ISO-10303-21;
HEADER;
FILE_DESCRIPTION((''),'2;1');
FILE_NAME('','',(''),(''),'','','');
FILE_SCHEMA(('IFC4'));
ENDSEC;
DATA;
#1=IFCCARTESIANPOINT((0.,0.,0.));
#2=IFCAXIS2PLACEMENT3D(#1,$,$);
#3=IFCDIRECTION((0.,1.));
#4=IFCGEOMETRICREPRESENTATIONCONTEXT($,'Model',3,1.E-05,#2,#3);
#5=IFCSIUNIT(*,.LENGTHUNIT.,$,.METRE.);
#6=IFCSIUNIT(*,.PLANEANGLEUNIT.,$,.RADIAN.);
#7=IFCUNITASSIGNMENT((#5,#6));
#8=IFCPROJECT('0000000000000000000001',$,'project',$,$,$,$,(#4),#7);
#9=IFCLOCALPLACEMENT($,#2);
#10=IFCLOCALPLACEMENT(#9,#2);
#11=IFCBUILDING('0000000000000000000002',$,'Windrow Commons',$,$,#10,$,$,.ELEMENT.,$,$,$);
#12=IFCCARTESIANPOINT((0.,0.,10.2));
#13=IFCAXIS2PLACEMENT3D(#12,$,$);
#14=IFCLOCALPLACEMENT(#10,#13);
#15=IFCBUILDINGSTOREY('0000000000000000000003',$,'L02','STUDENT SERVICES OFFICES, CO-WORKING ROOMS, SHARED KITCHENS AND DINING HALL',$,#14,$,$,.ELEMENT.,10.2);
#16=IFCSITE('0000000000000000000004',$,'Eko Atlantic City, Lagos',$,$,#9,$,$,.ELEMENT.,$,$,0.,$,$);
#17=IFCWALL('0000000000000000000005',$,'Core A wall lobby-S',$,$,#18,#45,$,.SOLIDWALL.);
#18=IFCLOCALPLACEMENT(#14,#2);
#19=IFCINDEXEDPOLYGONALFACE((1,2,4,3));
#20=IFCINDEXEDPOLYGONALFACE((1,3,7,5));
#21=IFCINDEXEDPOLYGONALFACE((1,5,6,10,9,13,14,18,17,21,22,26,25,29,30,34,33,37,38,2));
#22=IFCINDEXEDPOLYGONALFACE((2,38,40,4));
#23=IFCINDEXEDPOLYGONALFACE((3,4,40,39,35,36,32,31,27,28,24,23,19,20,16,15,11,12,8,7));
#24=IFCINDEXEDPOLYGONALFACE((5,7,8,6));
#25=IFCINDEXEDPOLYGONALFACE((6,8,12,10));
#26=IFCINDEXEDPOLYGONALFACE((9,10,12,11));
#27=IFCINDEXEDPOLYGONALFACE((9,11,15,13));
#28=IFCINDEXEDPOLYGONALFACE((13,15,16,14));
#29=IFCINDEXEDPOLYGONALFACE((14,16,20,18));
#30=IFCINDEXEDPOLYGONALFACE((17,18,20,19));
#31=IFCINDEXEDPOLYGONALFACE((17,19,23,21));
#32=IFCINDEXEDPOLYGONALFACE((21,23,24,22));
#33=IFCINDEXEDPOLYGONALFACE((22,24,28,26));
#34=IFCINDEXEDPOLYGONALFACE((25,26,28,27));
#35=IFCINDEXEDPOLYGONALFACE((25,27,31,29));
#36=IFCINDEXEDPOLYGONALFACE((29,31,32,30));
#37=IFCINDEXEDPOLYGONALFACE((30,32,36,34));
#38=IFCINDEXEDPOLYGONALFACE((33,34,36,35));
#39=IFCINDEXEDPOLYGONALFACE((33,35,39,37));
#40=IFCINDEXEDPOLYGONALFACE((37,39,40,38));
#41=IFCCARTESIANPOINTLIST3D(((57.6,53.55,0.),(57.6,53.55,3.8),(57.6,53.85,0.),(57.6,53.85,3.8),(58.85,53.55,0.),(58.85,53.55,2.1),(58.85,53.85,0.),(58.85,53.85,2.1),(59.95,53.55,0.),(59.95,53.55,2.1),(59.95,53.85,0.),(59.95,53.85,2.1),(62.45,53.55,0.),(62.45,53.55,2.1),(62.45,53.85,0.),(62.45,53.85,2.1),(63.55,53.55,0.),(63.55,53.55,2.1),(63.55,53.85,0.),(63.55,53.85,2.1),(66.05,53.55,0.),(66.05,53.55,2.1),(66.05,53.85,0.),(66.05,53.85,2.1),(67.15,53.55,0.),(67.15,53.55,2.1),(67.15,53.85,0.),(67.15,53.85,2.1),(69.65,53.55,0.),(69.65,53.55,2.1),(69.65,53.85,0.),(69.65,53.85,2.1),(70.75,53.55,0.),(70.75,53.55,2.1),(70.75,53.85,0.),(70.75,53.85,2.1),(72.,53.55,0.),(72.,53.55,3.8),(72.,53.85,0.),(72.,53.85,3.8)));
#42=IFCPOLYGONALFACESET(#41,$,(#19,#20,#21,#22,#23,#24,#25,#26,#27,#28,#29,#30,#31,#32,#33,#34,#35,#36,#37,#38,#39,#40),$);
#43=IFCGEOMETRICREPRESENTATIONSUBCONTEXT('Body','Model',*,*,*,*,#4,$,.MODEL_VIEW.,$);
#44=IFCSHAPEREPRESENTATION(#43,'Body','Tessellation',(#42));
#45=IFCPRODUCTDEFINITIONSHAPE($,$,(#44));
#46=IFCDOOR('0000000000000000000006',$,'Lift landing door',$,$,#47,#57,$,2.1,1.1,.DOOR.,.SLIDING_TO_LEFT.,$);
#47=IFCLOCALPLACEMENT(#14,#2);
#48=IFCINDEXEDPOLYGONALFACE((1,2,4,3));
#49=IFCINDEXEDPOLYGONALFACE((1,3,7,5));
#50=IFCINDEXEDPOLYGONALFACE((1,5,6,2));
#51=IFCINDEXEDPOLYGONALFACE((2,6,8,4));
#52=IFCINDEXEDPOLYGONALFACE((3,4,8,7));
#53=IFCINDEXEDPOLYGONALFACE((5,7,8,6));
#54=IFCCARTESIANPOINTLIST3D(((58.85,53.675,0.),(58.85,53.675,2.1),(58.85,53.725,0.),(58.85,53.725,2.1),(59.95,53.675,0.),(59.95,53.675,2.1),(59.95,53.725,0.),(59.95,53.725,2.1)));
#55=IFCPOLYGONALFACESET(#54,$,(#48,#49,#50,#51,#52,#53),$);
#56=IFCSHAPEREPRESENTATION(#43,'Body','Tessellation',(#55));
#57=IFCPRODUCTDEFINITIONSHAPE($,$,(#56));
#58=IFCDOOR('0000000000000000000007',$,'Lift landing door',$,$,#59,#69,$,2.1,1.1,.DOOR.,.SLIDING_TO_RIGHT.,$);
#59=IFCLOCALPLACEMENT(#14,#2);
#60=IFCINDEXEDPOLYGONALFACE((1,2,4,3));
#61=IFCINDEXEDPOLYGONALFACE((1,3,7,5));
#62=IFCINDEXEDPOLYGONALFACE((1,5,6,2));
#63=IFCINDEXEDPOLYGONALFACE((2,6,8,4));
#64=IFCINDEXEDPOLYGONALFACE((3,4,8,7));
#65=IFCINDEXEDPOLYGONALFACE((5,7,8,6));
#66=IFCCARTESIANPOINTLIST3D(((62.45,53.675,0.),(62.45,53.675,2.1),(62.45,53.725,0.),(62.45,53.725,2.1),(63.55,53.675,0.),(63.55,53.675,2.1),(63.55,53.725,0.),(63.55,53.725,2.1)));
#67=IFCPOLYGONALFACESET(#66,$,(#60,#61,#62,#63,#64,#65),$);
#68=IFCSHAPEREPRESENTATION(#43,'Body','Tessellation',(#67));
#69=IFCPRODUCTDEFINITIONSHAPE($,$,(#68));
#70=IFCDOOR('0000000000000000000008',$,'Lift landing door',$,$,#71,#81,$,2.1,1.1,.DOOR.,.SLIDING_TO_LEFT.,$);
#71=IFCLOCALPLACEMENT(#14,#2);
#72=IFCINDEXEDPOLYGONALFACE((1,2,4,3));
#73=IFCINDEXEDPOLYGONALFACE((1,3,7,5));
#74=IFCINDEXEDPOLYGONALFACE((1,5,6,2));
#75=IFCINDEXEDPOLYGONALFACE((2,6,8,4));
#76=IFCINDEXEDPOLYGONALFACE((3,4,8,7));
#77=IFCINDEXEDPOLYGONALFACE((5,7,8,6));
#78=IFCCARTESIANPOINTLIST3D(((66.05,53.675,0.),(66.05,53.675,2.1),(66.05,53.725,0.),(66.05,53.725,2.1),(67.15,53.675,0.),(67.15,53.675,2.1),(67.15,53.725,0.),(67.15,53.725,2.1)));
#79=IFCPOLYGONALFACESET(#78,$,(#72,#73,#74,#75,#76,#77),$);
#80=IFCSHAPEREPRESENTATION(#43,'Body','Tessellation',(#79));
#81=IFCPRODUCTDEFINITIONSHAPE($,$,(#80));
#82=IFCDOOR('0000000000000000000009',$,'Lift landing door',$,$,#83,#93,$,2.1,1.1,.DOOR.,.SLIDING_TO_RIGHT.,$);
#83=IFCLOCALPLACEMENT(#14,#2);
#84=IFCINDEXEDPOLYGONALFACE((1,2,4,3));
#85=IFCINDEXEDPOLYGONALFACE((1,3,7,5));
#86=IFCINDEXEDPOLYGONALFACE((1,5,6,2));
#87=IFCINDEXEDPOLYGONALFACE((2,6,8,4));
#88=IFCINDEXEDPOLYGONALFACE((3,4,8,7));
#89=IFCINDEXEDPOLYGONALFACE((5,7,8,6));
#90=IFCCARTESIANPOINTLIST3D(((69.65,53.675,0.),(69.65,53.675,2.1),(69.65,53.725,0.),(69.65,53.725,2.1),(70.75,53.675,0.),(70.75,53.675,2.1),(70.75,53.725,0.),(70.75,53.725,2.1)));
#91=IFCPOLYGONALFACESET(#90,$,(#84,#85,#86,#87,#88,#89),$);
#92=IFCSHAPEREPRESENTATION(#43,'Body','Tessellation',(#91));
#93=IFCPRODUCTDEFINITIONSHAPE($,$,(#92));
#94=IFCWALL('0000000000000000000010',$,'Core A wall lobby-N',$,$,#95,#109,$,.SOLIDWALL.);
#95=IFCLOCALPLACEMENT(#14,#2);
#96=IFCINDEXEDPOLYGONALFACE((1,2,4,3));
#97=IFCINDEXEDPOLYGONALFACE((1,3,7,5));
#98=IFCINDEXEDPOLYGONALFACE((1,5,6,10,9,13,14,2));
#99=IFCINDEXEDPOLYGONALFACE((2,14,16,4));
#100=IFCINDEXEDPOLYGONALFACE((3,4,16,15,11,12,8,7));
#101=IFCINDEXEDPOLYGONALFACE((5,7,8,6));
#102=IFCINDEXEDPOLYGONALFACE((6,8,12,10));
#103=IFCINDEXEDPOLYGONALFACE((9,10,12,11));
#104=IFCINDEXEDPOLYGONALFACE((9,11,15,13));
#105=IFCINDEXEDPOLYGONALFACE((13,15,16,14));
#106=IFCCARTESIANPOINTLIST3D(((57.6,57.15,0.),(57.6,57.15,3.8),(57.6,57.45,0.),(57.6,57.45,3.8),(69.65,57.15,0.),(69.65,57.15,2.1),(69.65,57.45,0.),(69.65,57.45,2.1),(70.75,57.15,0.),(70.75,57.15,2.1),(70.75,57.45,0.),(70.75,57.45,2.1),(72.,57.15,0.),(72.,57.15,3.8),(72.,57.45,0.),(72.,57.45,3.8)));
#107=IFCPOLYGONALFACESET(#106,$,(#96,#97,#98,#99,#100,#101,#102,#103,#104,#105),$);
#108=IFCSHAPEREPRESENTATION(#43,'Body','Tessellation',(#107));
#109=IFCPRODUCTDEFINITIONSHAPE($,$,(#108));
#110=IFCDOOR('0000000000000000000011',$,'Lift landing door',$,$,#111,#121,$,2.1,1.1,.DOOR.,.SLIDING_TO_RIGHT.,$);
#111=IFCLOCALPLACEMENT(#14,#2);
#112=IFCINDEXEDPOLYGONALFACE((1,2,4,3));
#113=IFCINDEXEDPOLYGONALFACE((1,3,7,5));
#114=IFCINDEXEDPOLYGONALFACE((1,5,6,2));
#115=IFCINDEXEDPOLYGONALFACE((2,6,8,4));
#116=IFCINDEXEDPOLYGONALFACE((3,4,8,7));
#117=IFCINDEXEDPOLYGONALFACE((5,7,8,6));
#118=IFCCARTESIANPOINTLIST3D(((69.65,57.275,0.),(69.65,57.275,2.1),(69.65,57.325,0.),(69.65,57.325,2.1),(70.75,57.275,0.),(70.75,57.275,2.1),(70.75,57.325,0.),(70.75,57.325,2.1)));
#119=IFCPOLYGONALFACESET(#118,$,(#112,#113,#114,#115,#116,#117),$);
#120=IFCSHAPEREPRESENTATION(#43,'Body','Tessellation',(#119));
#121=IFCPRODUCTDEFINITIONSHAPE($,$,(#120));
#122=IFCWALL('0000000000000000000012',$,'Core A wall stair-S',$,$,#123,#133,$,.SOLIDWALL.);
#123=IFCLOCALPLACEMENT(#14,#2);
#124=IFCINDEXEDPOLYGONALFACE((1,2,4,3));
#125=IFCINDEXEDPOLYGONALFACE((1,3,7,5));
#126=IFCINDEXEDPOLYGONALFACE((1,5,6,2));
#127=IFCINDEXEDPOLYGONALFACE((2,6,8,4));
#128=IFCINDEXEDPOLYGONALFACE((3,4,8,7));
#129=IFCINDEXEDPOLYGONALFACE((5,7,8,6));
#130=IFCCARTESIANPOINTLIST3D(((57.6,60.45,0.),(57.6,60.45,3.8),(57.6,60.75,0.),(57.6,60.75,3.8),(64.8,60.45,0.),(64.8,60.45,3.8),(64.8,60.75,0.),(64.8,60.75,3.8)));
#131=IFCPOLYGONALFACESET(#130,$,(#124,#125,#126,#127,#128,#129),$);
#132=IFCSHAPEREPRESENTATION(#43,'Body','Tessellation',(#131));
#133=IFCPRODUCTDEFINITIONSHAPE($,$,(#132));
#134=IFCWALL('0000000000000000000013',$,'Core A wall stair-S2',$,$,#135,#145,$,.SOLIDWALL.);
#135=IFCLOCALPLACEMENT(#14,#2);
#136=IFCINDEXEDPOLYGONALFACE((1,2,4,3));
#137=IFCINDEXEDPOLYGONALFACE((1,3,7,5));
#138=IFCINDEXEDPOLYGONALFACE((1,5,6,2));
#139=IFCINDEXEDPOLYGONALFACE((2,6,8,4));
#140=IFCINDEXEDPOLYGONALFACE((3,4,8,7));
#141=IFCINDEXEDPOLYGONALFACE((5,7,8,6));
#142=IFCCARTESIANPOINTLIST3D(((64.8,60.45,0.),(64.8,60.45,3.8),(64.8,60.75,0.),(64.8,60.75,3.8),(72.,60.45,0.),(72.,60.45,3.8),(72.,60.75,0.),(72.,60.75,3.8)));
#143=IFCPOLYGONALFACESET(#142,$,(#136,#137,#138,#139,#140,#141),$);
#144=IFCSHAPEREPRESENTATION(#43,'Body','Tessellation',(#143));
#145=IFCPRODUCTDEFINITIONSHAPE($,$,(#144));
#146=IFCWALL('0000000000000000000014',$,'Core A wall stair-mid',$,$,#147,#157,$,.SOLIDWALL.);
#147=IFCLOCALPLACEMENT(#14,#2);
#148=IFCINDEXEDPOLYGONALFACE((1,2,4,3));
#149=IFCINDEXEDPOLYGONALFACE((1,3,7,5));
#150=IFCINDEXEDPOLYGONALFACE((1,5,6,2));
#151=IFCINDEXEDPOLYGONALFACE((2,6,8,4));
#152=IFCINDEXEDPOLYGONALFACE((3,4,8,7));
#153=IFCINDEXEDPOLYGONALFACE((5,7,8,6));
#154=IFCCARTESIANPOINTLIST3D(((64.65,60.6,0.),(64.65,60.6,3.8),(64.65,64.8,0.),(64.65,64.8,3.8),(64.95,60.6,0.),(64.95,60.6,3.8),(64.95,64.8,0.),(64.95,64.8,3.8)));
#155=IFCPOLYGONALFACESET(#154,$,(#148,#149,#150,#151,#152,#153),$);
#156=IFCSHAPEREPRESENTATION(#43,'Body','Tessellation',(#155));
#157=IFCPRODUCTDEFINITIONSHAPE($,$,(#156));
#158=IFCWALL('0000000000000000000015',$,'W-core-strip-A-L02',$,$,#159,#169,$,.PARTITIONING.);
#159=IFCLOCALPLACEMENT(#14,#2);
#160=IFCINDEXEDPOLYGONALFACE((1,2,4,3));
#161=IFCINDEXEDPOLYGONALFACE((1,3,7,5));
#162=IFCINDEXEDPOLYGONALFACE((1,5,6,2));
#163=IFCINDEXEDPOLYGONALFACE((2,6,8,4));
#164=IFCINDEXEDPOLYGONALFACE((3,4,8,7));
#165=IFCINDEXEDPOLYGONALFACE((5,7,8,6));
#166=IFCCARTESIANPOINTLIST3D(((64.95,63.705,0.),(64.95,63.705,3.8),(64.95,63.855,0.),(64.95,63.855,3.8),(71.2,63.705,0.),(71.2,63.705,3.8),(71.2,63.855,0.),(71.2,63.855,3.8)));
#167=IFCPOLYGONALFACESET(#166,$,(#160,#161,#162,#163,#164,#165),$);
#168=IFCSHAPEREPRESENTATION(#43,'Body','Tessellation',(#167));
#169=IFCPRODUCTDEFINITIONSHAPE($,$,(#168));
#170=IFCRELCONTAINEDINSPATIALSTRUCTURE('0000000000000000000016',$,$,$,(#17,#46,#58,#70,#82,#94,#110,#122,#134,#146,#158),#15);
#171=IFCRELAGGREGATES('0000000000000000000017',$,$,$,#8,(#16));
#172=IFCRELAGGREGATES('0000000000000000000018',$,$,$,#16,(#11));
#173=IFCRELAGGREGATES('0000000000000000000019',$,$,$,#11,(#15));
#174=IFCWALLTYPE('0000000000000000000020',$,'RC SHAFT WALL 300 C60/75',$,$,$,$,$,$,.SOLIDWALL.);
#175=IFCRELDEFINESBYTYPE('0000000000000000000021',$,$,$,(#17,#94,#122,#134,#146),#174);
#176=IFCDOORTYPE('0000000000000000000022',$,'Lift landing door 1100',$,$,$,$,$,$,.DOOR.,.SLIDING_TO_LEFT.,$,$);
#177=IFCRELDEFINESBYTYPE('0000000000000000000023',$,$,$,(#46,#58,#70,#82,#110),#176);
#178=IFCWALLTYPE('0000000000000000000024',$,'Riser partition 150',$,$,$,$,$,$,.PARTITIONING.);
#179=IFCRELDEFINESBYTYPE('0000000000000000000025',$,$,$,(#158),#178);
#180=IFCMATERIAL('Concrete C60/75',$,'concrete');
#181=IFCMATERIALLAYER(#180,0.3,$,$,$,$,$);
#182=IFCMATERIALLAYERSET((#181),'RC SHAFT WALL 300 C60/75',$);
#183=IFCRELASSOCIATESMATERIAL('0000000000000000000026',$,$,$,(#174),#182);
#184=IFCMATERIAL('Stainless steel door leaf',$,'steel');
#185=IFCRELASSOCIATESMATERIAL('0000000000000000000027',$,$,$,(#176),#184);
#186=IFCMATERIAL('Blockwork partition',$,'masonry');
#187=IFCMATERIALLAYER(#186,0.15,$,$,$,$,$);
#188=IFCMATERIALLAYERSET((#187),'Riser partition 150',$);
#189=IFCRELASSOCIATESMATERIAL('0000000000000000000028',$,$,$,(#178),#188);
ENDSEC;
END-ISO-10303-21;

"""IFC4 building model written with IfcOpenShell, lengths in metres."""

from ifc_helpers import new_model, si_unit, direction, frame, frame_2d, origin, place, context, subcontext, project, spatial, rectangle, extrude, material, layer, layer_set, type_object, element, fill, save


model = new_model("IFC4")

# Units and contexts
model_context = context("Model", 3, precision=1e-05, world=origin(), true_north=direction((0.0, 1.0)))
body_context = subcontext(model_context, "Body", "Model", "MODEL_VIEW")
ifc_project = project(units=[si_unit("LENGTHUNIT", "METRE"), si_unit("PLANEANGLEUNIT", "RADIAN")], contexts=[model_context])

# Site, building, storey
site_placement = place(None, origin())
site = spatial("IfcSite", under=ifc_project, at=site_placement, Name="Eko Atlantic City, Lagos", CompositionType="ELEMENT", RefElevation=0.0)
building_placement = place(site_placement, origin())
building = spatial("IfcBuilding", under=site, at=building_placement, Name="Windrow Commons", CompositionType="ELEMENT")
storey_placement = place(building_placement, frame((0.0, 0.0, 10.2)))
storey = spatial("IfcBuildingStorey", under=building, at=storey_placement, Name="L02", Description="STUDENT SERVICES OFFICES, CO-WORKING ROOMS, SHARED KITCHENS AND DINING HALL", CompositionType="ELEMENT", Elevation=10.2)

# Shared definitions
ifc_material_1 = material(Name="Concrete C60/75", Category="concrete")
ifc_layer_1 = layer(ifc_material_1, 0.3)
ifc_layer_set_1 = layer_set([ifc_layer_1], Name="RC SHAFT WALL 300 C60/75")
wall_type_1 = type_object("IfcWallType", Name="RC SHAFT WALL 300 C60/75", PredefinedType="SOLIDWALL", material=ifc_layer_set_1)

# Wall, openings, doors
wall_1_placement = place(storey_placement, frame((57.6, 53.7, 0.0), z_axis=(0.0, 0.0, 1.0), x_axis=(1.0, 0.0, 0.0)))
wall_1 = element("IfcWall", 1, at=wall_1_placement, inside=storey, type_object=wall_type_1, Name="Core A wall lobby-S", PredefinedType="SOLIDWALL", context=body_context, shape_type="SweptSolid", body=[
    extrude(rectangle(XDim=14.4, YDim=0.3, at=frame_2d((7.2, 0.0))), origin(), (0.0, 0.0, 1.0), 3.8),
])
opening_1_placement = place(wall_1_placement, frame((1.25, 0.0, 0.0)))
opening_1 = element("IfcOpeningElement", 2, at=opening_1_placement, cuts=wall_1, PredefinedType="OPENING", context=body_context, shape_type="SweptSolid", body=[
    extrude(rectangle(XDim=1.1, YDim=2.1, at=frame_2d((0.55, 1.05))), frame((0.0, 0.16, 0.0), z_axis=(0.0, -1.0, 0.0), x_axis=(1.0, 0.0, 0.0)), (0.0, 0.0, 1.0), 0.32),
])
opening_2_placement = place(wall_1_placement, frame((4.85, 0.0, 0.0)))
opening_2 = element("IfcOpeningElement", 3, at=opening_2_placement, cuts=wall_1, PredefinedType="OPENING", context=body_context, shape_type="SweptSolid", body=[
    extrude(rectangle(XDim=1.1, YDim=2.1, at=frame_2d((0.55, 1.05))), frame((0.0, 0.16, 0.0), z_axis=(0.0, -1.0, 0.0), x_axis=(1.0, 0.0, 0.0)), (0.0, 0.0, 1.0), 0.32),
])
opening_3_placement = place(wall_1_placement, frame((8.45, 0.0, 0.0)))
opening_3 = element("IfcOpeningElement", 4, at=opening_3_placement, cuts=wall_1, PredefinedType="OPENING", context=body_context, shape_type="SweptSolid", body=[
    extrude(rectangle(XDim=1.1, YDim=2.1, at=frame_2d((0.55, 1.05))), frame((0.0, 0.16, 0.0), z_axis=(0.0, -1.0, 0.0), x_axis=(1.0, 0.0, 0.0)), (0.0, 0.0, 1.0), 0.32),
])
opening_4_placement = place(wall_1_placement, frame((12.05, 0.0, 0.0)))
opening_4 = element("IfcOpeningElement", 5, at=opening_4_placement, cuts=wall_1, PredefinedType="OPENING", context=body_context, shape_type="SweptSolid", body=[
    extrude(rectangle(XDim=1.1, YDim=2.1, at=frame_2d((0.55, 1.05))), frame((0.0, 0.16, 0.0), z_axis=(0.0, -1.0, 0.0), x_axis=(1.0, 0.0, 0.0)), (0.0, 0.0, 1.0), 0.32),
])
ifc_material_2 = material(Name="Stainless steel door leaf", Category="steel")
door_type = type_object("IfcDoorType", Name="Lift landing door 1100", OperationType="SLIDING_TO_LEFT", PredefinedType="DOOR", material=ifc_material_2)
door_1_placement = place(opening_1_placement, origin())
door_1 = element("IfcDoor", 6, at=door_1_placement, inside=storey, type_object=door_type, Name="Lift landing door", OperationType="SLIDING_TO_LEFT", OverallHeight=2.1, OverallWidth=1.1, PredefinedType="DOOR", context=body_context, shape_type="SweptSolid", body=[
    extrude(rectangle(XDim=1.1, YDim=2.1, at=frame_2d((0.55, 1.05))), frame((0.0, 0.025, 0.0), z_axis=(0.0, -1.0, 0.0), x_axis=(1.0, 0.0, 0.0)), (0.0, 0.0, 1.0), 0.05),
])
fill(opening_1, door_1)
door_2_placement = place(opening_2_placement, origin())
door_2 = element("IfcDoor", 7, at=door_2_placement, inside=storey, type_object=door_type, Name="Lift landing door", OperationType="SLIDING_TO_RIGHT", OverallHeight=2.1, OverallWidth=1.1, PredefinedType="DOOR", context=body_context, shape_type="SweptSolid", body=[
    extrude(rectangle(XDim=1.1, YDim=2.1, at=frame_2d((0.55, 1.05))), frame((0.0, 0.025, 0.0), z_axis=(0.0, -1.0, 0.0), x_axis=(1.0, 0.0, 0.0)), (0.0, 0.0, 1.0), 0.05),
])
fill(opening_2, door_2)
door_3_placement = place(opening_3_placement, origin())
door_3 = element("IfcDoor", 8, at=door_3_placement, inside=storey, type_object=door_type, Name="Lift landing door", OperationType="SLIDING_TO_LEFT", OverallHeight=2.1, OverallWidth=1.1, PredefinedType="DOOR", context=body_context, shape_type="SweptSolid", body=[
    extrude(rectangle(XDim=1.1, YDim=2.1, at=frame_2d((0.55, 1.05))), frame((0.0, 0.025, 0.0), z_axis=(0.0, -1.0, 0.0), x_axis=(1.0, 0.0, 0.0)), (0.0, 0.0, 1.0), 0.05),
])
fill(opening_3, door_3)
door_4_placement = place(opening_4_placement, origin())
door_4 = element("IfcDoor", 9, at=door_4_placement, inside=storey, type_object=door_type, Name="Lift landing door", OperationType="SLIDING_TO_RIGHT", OverallHeight=2.1, OverallWidth=1.1, PredefinedType="DOOR", context=body_context, shape_type="SweptSolid", body=[
    extrude(rectangle(XDim=1.1, YDim=2.1, at=frame_2d((0.55, 1.05))), frame((0.0, 0.025, 0.0), z_axis=(0.0, -1.0, 0.0), x_axis=(1.0, 0.0, 0.0)), (0.0, 0.0, 1.0), 0.05),
])
fill(opening_4, door_4)

# Wall, opening, door
wall_2_placement = place(storey_placement, frame((57.6, 57.3, 0.0), z_axis=(0.0, 0.0, 1.0), x_axis=(1.0, 0.0, 0.0)))
wall_2 = element("IfcWall", 10, at=wall_2_placement, inside=storey, type_object=wall_type_1, Name="Core A wall lobby-N", PredefinedType="SOLIDWALL", context=body_context, shape_type="SweptSolid", body=[
    extrude(rectangle(XDim=14.4, YDim=0.3, at=frame_2d((7.2, 0.0))), origin(), (0.0, 0.0, 1.0), 3.8),
])
opening_5_placement = place(wall_2_placement, frame((12.05, 0.0, 0.0)))
opening_5 = element("IfcOpeningElement", 11, at=opening_5_placement, cuts=wall_2, PredefinedType="OPENING", context=body_context, shape_type="SweptSolid", body=[
    extrude(rectangle(XDim=1.1, YDim=2.1, at=frame_2d((0.55, 1.05))), frame((0.0, 0.16, 0.0), z_axis=(0.0, -1.0, 0.0), x_axis=(1.0, 0.0, 0.0)), (0.0, 0.0, 1.0), 0.32),
])
door_5_placement = place(opening_5_placement, origin())
door_5 = element("IfcDoor", 12, at=door_5_placement, inside=storey, type_object=door_type, Name="Lift landing door", OperationType="SLIDING_TO_RIGHT", OverallHeight=2.1, OverallWidth=1.1, PredefinedType="DOOR", context=body_context, shape_type="SweptSolid", body=[
    extrude(rectangle(XDim=1.1, YDim=2.1, at=frame_2d((0.55, 1.05))), frame((0.0, 0.025, 0.0), z_axis=(0.0, -1.0, 0.0), x_axis=(1.0, 0.0, 0.0)), (0.0, 0.0, 1.0), 0.05),
])
fill(opening_5, door_5)

# Walls
for number, where, z_axis, x_axis, name in (
    (13, (57.6, 60.6, 0.0), (0.0, 0.0, 1.0), (1.0, 0.0, 0.0), "Core A wall stair-S"),
    (14, (64.8, 60.6, 0.0), (0.0, 0.0, 1.0), (1.0, 0.0, 0.0), "Core A wall stair-S2"),
):
    element("IfcWall", number, at=place(storey_placement, frame(where, z_axis=z_axis, x_axis=x_axis)), inside=storey, type_object=wall_type_1, Name=name, PredefinedType="SOLIDWALL", context=body_context, shape_type="SweptSolid", body=[
        extrude(rectangle(XDim=7.2, YDim=0.3, at=frame_2d((3.6, 0.0))), origin(), (0.0, 0.0, 1.0), 3.8),
    ])
wall_3_placement = place(storey_placement, frame((64.8, 60.6, 0.0), z_axis=(0.0, 0.0, 1.0), x_axis=(0.0, 1.0, 0.0)))
element("IfcWall", 15, at=wall_3_placement, inside=storey, type_object=wall_type_1, Name="Core A wall stair-mid", PredefinedType="SOLIDWALL", context=body_context, shape_type="SweptSolid", body=[
    extrude(rectangle(XDim=4.2, YDim=0.3, at=frame_2d((2.1, 0.0))), origin(), (0.0, 0.0, 1.0), 3.8),
])
ifc_material_3 = material(Name="Blockwork partition", Category="masonry")
ifc_layer_2 = layer(ifc_material_3, 0.15)
ifc_layer_set_2 = layer_set([ifc_layer_2], Name="Riser partition 150")
wall_type_2 = type_object("IfcWallType", Name="Riser partition 150", PredefinedType="PARTITIONING", material=ifc_layer_set_2)
wall_4_placement = place(storey_placement, frame((64.95, 63.78, 0.0), z_axis=(0.0, 0.0, 1.0), x_axis=(1.0, 0.0, 0.0)))
element("IfcWall", 16, at=wall_4_placement, inside=storey, type_object=wall_type_2, Name="W-core-strip-A-L02", PredefinedType="PARTITIONING", context=body_context, shape_type="SweptSolid", body=[
    extrude(rectangle(XDim=6.25, YDim=0.15, at=frame_2d((3.125, 0.0))), origin(), (0.0, 0.0, 1.0), 3.8),
])

save(model, "model.ifc")
